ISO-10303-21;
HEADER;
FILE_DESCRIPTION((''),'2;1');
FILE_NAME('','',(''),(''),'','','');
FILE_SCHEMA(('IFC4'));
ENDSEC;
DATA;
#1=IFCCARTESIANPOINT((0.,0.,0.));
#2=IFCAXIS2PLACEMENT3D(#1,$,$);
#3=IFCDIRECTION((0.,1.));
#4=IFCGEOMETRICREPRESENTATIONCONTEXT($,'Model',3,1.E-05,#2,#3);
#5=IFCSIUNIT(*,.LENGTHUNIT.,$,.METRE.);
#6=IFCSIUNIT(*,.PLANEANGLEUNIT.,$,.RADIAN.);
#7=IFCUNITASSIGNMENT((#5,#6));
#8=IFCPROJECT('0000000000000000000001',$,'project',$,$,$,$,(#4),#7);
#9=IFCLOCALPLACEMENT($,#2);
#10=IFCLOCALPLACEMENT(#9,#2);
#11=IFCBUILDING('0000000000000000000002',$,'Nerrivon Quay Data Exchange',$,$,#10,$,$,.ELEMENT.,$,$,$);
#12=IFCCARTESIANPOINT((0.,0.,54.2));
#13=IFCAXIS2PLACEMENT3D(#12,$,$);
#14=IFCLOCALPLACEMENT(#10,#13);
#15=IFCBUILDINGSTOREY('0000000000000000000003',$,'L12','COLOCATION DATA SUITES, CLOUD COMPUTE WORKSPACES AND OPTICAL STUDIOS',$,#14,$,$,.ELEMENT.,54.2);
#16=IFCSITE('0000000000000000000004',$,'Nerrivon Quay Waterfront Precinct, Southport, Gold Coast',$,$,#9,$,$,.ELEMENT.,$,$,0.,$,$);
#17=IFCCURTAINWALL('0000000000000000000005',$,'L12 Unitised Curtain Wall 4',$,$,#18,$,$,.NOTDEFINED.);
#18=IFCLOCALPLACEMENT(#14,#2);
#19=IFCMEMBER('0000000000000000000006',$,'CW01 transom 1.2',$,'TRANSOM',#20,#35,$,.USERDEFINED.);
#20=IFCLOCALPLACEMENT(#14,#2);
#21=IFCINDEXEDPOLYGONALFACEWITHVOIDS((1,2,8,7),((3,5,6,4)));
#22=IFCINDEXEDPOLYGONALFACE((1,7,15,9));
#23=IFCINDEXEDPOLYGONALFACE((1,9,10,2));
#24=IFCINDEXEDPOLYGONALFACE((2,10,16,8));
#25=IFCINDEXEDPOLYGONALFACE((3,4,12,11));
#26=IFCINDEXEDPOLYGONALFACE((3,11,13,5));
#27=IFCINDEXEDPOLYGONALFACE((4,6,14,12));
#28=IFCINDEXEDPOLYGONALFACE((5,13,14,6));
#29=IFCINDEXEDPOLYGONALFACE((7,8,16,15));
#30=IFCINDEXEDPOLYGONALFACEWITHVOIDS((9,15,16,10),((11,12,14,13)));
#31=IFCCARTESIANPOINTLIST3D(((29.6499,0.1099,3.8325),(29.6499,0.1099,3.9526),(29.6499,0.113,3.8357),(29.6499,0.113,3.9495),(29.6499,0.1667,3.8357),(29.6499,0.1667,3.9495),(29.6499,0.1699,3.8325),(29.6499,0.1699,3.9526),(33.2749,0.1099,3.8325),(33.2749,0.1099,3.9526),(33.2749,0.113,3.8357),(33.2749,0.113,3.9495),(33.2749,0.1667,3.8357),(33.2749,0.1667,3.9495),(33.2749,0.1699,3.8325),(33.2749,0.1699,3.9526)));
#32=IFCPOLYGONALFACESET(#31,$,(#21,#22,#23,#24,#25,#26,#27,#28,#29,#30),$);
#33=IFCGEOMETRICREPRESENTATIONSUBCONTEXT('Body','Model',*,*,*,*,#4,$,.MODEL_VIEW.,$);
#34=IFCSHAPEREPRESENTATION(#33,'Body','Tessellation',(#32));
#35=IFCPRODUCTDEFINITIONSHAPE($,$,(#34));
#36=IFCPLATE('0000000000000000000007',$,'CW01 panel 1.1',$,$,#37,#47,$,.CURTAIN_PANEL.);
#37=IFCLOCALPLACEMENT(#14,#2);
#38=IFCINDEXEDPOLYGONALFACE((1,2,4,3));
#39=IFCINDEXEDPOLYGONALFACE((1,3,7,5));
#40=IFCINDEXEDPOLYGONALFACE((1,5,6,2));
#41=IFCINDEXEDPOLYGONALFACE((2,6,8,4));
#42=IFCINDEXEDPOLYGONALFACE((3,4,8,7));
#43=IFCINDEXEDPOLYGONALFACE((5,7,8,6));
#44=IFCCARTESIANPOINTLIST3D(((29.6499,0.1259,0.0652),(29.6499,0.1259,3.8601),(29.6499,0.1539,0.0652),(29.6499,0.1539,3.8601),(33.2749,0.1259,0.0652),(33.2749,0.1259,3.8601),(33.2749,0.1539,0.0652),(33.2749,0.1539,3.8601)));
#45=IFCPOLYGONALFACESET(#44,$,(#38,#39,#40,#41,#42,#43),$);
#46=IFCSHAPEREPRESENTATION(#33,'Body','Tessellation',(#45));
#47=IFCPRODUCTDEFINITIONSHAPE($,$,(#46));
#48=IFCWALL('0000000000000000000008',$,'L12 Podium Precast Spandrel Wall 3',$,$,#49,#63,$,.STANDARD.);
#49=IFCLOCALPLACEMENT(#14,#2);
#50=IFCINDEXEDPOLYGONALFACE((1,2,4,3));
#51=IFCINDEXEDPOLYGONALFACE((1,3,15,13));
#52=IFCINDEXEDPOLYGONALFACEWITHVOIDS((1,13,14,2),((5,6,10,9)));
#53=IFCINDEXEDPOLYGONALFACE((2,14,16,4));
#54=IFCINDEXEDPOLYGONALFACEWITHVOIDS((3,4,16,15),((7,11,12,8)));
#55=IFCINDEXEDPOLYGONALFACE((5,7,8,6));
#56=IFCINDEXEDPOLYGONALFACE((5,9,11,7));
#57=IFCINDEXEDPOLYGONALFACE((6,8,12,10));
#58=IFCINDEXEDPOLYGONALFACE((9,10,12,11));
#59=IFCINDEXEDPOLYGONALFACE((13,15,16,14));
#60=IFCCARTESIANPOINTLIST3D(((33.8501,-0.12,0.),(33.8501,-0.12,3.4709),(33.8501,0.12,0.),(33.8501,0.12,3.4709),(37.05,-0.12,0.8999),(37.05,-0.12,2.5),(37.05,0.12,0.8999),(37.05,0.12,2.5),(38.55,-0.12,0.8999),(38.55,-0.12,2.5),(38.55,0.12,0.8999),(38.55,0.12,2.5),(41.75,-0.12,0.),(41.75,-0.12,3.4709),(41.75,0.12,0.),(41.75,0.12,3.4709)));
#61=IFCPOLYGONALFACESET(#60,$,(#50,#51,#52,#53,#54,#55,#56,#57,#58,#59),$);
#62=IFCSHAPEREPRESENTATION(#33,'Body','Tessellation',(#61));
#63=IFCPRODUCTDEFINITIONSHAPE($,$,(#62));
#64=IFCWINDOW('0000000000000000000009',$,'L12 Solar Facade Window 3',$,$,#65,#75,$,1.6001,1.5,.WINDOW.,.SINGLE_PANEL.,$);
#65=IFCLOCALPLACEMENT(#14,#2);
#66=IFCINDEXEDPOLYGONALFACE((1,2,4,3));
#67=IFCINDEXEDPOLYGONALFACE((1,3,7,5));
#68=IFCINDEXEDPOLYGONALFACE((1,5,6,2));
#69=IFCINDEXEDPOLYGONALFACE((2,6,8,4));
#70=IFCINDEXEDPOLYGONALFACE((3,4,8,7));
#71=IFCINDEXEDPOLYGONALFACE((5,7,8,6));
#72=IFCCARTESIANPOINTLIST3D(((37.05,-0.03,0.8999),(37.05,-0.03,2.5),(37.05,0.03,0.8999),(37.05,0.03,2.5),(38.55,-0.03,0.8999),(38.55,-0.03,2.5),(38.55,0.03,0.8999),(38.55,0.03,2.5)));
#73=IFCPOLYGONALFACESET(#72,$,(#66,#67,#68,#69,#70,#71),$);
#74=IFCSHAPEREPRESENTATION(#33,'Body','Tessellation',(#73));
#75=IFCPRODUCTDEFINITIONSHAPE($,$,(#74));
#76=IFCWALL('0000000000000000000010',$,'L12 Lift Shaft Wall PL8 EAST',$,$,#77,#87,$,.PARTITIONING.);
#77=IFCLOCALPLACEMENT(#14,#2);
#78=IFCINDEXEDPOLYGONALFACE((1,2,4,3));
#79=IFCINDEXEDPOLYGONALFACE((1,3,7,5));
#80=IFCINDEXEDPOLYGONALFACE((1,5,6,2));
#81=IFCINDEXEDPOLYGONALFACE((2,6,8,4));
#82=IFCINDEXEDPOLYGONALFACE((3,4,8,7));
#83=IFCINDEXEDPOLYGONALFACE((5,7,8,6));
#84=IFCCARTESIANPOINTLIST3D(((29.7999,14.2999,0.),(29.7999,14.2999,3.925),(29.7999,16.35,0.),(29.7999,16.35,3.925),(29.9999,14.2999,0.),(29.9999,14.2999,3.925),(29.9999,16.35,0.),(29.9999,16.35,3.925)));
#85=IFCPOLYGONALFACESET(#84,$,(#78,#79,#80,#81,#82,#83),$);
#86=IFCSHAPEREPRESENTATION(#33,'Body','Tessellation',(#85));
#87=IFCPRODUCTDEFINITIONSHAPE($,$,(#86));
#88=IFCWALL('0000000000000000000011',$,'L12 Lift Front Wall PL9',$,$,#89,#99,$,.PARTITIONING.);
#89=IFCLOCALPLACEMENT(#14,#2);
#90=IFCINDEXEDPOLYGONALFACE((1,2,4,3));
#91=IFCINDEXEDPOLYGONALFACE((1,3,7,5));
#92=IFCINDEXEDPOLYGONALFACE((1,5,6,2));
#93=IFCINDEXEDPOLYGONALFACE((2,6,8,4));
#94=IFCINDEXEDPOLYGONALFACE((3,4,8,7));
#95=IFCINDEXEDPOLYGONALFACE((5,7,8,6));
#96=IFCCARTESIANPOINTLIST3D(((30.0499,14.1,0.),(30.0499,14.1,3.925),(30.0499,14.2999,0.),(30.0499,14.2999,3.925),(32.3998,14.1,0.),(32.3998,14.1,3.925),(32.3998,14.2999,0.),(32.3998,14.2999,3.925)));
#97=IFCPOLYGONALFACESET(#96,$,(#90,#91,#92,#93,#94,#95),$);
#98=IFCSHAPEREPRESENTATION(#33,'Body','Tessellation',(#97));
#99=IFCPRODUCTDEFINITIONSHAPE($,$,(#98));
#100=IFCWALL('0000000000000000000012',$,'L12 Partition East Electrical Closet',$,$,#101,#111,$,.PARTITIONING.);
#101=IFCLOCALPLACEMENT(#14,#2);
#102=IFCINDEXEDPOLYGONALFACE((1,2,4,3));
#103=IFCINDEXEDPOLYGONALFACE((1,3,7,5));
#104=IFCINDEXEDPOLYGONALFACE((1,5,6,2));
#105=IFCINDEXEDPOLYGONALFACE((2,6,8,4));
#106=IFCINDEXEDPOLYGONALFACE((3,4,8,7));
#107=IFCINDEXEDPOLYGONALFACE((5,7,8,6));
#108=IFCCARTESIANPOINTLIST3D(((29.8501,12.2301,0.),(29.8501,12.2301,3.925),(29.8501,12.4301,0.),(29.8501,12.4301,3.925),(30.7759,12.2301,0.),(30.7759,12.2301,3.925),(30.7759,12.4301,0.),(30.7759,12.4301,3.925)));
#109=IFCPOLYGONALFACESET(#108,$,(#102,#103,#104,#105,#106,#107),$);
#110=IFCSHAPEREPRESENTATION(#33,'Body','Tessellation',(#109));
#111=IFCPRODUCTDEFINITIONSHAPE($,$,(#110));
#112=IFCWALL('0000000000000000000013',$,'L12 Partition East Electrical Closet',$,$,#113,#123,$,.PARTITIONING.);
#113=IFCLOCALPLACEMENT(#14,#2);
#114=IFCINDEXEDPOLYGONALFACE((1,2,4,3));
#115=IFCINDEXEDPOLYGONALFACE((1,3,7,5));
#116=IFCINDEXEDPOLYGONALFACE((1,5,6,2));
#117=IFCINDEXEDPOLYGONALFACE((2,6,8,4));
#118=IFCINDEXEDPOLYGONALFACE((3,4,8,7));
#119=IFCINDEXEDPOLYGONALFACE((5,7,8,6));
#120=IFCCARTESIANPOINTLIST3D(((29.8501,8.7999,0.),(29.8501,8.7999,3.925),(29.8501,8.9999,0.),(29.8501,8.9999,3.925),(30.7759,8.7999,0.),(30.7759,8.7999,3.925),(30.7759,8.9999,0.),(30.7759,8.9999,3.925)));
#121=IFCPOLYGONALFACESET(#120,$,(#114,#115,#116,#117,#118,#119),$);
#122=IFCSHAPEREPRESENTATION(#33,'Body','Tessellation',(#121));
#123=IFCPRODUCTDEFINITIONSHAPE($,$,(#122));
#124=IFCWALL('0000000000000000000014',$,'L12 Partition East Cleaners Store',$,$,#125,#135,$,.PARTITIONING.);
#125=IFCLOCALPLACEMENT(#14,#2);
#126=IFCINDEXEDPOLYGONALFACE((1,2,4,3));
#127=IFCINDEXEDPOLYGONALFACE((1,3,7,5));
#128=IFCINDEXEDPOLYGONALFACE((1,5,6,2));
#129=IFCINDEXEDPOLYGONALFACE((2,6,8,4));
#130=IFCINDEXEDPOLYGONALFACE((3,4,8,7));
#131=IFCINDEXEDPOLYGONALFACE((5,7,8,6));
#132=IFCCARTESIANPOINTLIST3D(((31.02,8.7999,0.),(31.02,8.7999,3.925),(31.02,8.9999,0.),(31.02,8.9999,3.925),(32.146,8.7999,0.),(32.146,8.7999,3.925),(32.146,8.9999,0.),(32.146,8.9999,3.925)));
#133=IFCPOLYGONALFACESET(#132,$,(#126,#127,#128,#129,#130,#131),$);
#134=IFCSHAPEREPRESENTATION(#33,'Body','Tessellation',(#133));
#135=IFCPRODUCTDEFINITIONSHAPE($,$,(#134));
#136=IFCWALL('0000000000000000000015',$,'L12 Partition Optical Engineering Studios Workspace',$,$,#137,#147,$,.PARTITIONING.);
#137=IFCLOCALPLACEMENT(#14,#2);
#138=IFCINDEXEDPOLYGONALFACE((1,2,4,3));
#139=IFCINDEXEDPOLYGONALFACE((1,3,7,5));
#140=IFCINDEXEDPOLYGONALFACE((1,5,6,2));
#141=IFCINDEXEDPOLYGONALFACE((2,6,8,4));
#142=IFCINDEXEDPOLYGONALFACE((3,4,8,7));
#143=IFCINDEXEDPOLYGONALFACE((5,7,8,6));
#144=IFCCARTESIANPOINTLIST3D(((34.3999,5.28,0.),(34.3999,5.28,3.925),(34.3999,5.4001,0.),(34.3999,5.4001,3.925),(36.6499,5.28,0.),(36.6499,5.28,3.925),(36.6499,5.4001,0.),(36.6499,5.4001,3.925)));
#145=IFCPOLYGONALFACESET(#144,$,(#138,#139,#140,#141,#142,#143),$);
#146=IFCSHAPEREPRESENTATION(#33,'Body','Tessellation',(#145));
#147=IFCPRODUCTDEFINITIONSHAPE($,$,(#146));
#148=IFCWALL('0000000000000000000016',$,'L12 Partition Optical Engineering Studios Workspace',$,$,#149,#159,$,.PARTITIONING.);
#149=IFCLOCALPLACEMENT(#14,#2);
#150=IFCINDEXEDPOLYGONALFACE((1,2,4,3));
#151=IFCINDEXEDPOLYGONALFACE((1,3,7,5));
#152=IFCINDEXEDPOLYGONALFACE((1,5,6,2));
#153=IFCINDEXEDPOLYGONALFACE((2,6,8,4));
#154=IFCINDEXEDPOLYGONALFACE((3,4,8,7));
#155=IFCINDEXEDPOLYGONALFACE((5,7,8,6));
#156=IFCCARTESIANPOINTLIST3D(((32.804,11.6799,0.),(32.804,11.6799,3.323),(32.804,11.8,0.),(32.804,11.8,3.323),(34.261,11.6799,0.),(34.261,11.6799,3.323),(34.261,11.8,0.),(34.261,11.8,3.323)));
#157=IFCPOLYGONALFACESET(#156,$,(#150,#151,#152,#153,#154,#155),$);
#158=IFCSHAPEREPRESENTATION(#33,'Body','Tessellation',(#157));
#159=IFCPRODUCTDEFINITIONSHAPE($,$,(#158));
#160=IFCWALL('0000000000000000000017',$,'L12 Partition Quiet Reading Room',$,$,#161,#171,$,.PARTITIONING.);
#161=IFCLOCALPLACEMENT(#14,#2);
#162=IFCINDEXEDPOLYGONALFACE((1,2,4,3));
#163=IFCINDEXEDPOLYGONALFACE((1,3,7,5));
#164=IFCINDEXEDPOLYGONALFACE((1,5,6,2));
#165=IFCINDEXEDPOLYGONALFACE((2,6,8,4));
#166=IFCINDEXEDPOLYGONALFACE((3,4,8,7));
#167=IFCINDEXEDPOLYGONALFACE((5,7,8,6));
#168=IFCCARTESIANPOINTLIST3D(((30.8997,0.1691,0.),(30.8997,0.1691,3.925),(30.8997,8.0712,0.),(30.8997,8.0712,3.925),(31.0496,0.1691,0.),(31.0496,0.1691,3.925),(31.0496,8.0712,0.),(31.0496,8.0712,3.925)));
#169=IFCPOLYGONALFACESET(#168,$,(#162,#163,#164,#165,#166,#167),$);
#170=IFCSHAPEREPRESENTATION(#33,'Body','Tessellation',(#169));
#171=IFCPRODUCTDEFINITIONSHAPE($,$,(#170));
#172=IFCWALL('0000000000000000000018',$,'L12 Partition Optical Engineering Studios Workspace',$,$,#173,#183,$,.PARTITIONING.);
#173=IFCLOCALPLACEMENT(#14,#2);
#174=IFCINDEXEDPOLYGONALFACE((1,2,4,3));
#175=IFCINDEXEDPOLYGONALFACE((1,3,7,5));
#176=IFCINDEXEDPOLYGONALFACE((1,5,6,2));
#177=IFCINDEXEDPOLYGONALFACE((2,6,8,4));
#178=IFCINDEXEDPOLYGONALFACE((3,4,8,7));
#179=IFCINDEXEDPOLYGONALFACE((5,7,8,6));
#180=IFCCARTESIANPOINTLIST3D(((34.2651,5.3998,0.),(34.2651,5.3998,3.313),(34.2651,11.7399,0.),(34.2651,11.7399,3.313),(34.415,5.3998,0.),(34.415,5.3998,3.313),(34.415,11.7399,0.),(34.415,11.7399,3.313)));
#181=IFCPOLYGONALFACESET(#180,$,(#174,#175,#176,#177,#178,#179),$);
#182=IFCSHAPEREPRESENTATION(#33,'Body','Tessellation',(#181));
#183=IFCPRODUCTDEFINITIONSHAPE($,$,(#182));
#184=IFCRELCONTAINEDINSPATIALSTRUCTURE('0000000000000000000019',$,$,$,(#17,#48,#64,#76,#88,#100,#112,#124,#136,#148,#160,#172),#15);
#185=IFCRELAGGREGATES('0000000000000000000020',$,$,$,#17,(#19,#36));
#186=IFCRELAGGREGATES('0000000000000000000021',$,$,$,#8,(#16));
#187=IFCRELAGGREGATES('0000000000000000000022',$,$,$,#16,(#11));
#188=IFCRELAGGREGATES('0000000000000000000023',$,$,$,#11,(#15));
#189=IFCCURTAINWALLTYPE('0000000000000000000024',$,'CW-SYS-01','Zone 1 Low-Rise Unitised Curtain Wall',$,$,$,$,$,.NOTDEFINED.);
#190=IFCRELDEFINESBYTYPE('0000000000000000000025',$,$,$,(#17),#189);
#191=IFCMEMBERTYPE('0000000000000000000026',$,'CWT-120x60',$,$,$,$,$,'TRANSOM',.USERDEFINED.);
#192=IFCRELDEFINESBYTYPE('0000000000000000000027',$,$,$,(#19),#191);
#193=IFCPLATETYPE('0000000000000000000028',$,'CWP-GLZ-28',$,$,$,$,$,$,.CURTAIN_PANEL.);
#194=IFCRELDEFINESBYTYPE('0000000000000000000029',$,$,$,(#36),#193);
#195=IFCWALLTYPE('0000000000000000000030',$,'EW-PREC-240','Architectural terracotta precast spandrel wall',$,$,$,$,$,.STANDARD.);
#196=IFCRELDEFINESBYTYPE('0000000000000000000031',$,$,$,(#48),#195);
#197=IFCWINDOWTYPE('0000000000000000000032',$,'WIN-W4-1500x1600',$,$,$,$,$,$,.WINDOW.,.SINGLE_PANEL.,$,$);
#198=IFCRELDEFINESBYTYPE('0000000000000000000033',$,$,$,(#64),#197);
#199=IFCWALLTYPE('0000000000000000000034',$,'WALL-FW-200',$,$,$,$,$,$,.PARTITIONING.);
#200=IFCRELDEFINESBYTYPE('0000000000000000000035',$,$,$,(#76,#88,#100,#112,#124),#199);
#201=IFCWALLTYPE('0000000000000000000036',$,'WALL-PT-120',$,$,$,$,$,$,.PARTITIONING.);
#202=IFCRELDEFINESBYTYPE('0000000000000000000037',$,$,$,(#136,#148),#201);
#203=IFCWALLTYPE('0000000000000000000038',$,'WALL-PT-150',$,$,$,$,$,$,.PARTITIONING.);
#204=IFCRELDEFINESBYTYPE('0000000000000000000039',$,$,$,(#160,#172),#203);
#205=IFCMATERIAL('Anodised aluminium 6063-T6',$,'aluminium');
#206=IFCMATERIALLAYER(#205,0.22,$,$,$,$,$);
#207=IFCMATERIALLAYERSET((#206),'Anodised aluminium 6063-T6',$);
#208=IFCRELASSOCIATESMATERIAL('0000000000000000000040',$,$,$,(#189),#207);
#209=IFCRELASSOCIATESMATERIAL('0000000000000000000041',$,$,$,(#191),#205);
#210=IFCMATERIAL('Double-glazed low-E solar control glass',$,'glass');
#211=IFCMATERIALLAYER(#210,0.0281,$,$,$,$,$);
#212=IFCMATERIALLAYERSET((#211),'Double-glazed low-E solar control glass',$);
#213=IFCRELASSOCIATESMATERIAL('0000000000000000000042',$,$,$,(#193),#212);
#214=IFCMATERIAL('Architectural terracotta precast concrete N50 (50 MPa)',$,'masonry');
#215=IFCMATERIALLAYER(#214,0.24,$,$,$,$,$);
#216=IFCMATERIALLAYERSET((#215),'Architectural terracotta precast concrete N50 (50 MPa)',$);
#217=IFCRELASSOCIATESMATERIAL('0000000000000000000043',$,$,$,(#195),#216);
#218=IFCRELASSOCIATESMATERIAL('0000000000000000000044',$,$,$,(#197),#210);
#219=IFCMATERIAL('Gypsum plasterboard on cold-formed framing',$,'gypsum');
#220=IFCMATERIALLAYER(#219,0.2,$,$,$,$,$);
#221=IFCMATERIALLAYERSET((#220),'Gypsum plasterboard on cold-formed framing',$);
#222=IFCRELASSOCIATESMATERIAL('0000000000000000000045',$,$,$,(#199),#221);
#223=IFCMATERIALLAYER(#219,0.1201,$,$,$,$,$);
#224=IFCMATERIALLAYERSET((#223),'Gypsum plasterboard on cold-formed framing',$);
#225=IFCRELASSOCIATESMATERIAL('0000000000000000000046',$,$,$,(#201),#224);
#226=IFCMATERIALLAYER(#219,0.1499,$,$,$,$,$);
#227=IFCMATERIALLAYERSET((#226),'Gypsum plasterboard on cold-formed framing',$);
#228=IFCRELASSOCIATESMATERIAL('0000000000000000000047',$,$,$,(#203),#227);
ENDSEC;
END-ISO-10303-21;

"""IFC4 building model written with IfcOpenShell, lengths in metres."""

from ifc_helpers import new_model, si_unit, direction, frame, frame_2d, origin, origin_2d, place, context, subcontext, project, spatial, rectangle, hollow_rectangle, extrude, material, layer, layer_set, material_profile, profile_set, type_object, element, fill, aggregate, save


model = new_model("IFC4")

# Units and contexts
model_context = context("Model", 3, precision=1e-05, world=origin(), true_north=direction((0.0, 1.0)))
body_context = subcontext(model_context, "Body", "Model", "MODEL_VIEW")
ifc_project = project(units=[si_unit("LENGTHUNIT", "METRE"), si_unit("PLANEANGLEUNIT", "RADIAN")], contexts=[model_context])

# Site, building, storey
site_placement = place(None, origin())
site = spatial("IfcSite", under=ifc_project, at=site_placement, Name="Nerrivon Quay Waterfront Precinct, Southport, Gold Coast", CompositionType="ELEMENT", RefElevation=0.0)
building_placement = place(site_placement, origin())
building = spatial("IfcBuilding", under=site, at=building_placement, Name="Nerrivon Quay Data Exchange", CompositionType="ELEMENT")
storey_placement = place(building_placement, frame((0.0, 0.0, 54.2)))
storey = spatial("IfcBuildingStorey", under=building, at=storey_placement, Name="L12", Description="COLOCATION DATA SUITES, CLOUD COMPUTE WORKSPACES AND OPTICAL STUDIOS", CompositionType="ELEMENT", Elevation=54.2)

# Curtain wall, member, plate
ifc_material_1 = material(Name="Anodised aluminium 6063-T6", Category="aluminium")
ifc_layer_1 = layer(ifc_material_1, 0.22)
ifc_layer_set_1 = layer_set([ifc_layer_1], Name="Anodised aluminium 6063-T6")
curtain_wall_type = type_object("IfcCurtainWallType", Name="CW-SYS-01", Description="Zone 1 Low-Rise Unitised Curtain Wall", PredefinedType="NOTDEFINED", material=ifc_layer_set_1)
curtain_wall_placement = place(storey_placement, origin())
curtain_wall = element("IfcCurtainWall", 1, at=curtain_wall_placement, inside=storey, type_object=curtain_wall_type, Name="L12 Unitised Curtain Wall 4", PredefinedType="NOTDEFINED")
ifc_material_profile_1 = material_profile(ifc_material_1, hollow_rectangle(XDim=0.0601, YDim=0.1201, WallThickness=0.0032, at=origin_2d()), Name="ALU-TRAN-120x60")
ifc_profile_set_1 = profile_set([ifc_material_profile_1], Name="Anodised aluminium 6063-T6")
member_type_1 = type_object("IfcMemberType", Name="CWT-120x60", ElementType="TRANSOM", PredefinedType="USERDEFINED", material=ifc_profile_set_1)
member_1_placement = place(storey_placement, frame((33.2749, 0.1399, 3.8926), z_axis=(-1.0, 0.0, 0.0), x_axis=(0.0, -1.0, 0.0)))
member_1 = element("IfcMember", 2, at=member_1_placement, type_object=member_type_1, Name="CW01 transom 1.2", ObjectType="TRANSOM", PredefinedType="USERDEFINED", context=body_context, shape_type="SweptSolid", body=[
    extrude(hollow_rectangle(XDim=0.0601, YDim=0.1201, WallThickness=0.0032, at=origin_2d()), origin(), (0.0, 0.0, 1.0), 3.625),
])
ifc_material_2 = material(Name="Double-glazed low-E solar control glass", Category="glass")
ifc_layer_2 = layer(ifc_material_2, 0.0281)
ifc_layer_set_2 = layer_set([ifc_layer_2], Name="Double-glazed low-E solar control glass")
plate_type = type_object("IfcPlateType", Name="CWP-GLZ-28", PredefinedType="CURTAIN_PANEL", material=ifc_layer_set_2)
plate_placement = place(storey_placement, frame((31.4624, 0.1399, 0.0652), z_axis=(0.0, 0.0, 1.0), x_axis=(-1.0, 0.0, 0.0)))
plate = element("IfcPlate", 3, at=plate_placement, type_object=plate_type, Name="CW01 panel 1.1", PredefinedType="CURTAIN_PANEL", context=body_context, shape_type="SweptSolid", body=[
    extrude(rectangle(XDim=3.625, YDim=0.0281, at=origin_2d()), origin(), (0.0, 0.0, 1.0), 3.7949),
])
aggregate(curtain_wall, [member_1, plate])

# Wall, opening, window
ifc_material_3 = material(Name="Architectural terracotta precast concrete N50 (50 MPa)", Category="masonry")
ifc_layer_3 = layer(ifc_material_3, 0.24)
ifc_layer_set_3 = layer_set([ifc_layer_3], Name="Architectural terracotta precast concrete N50 (50 MPa)")
wall_type_1 = type_object("IfcWallType", Name="EW-PREC-240", Description="Architectural terracotta precast spandrel wall", PredefinedType="STANDARD", material=ifc_layer_set_3)
wall_1_placement = place(storey_placement, frame((41.75, 0.0, 0.0), z_axis=(0.0, 0.0, 1.0), x_axis=(-1.0, 0.0, 0.0)))
wall_1 = element("IfcWall", 4, at=wall_1_placement, inside=storey, type_object=wall_type_1, Name="L12 Podium Precast Spandrel Wall 3", PredefinedType="STANDARD", context=body_context, shape_type="SweptSolid", body=[
    extrude(rectangle(XDim=7.8999, YDim=0.24, at=frame_2d((3.95, 0.0))), origin(), (0.0, 0.0, 1.0), 3.4709),
])
opening_1_placement = place(wall_1_placement, frame((3.2, 0.0, 0.8999)))
opening_1 = element("IfcOpeningElement", 5, at=opening_1_placement, cuts=wall_1, PredefinedType="OPENING", context=body_context, shape_type="SweptSolid", body=[
    extrude(rectangle(XDim=1.5, YDim=1.6001, at=frame_2d((0.75, 0.8))), frame((0.0, 0.1299, 0.0), z_axis=(0.0, -1.0, 0.0), x_axis=(1.0, 0.0, 0.0)), (0.0, 0.0, 1.0), 0.26),
])
window_type = type_object("IfcWindowType", Name="WIN-W4-1500x1600", PartitioningType="SINGLE_PANEL", PredefinedType="WINDOW", material=ifc_material_2)
window_placement = place(opening_1_placement, origin())
window = element("IfcWindow", 6, at=window_placement, inside=storey, type_object=window_type, Name="L12 Solar Facade Window 3", OverallHeight=1.6001, OverallWidth=1.5, PartitioningType="SINGLE_PANEL", PredefinedType="WINDOW", context=body_context, shape_type="SweptSolid", body=[
    extrude(rectangle(XDim=1.5, YDim=1.6001, at=frame_2d((0.75, 0.8))), frame((0.0, 0.03, 0.0), z_axis=(0.0, -1.0, 0.0), x_axis=(1.0, 0.0, 0.0)), (0.0, 0.0, 1.0), 0.0601),
])
fill(opening_1, window)

# Walls
ifc_material_4 = material(Name="Gypsum plasterboard on cold-formed framing", Category="gypsum")
ifc_layer_4 = layer(ifc_material_4, 0.2)
ifc_layer_set_4 = layer_set([ifc_layer_4], Name="Gypsum plasterboard on cold-formed framing")
wall_type_2 = type_object("IfcWallType", Name="WALL-FW-200", PredefinedType="PARTITIONING", material=ifc_layer_set_4)
wall_2_placement = place(storey_placement, frame((29.8999, 14.3, 0.0), z_axis=(0.0, 0.0, 1.0), x_axis=(0.0, 1.0, 0.0)))
element("IfcWall", 7, at=wall_2_placement, inside=storey, type_object=wall_type_2, Name="L12 Lift Shaft Wall PL8 EAST", PredefinedType="PARTITIONING", context=body_context, shape_type="SweptSolid", body=[
    extrude(rectangle(XDim=2.05, YDim=0.2, at=frame_2d((1.0249, 0.0))), origin(), (0.0, 0.0, 1.0), 3.925),
])
wall_3_placement = place(storey_placement, frame((30.05, 14.2, 0.0), z_axis=(0.0, 0.0, 1.0), x_axis=(1.0, 0.0, 0.0)))
element("IfcWall", 8, at=wall_3_placement, inside=storey, type_object=wall_type_2, Name="L12 Lift Front Wall PL9", PredefinedType="PARTITIONING", context=body_context, shape_type="SweptSolid", body=[
    extrude(rectangle(XDim=2.3499, YDim=0.2, at=frame_2d((1.1748, 0.0))), origin(), (0.0, 0.0, 1.0), 3.925),
])

# Walls
for number, where, z_axis, x_axis, name in (
    (9, (30.7759, 12.3301, 0.0), (0.0, 0.0, 1.0), (-1.0, 0.0, 0.0), "L12 Partition East Electrical Closet"),
    (10, (29.8501, 8.8999, 0.0), (0.0, 0.0, 1.0), (1.0, 0.0, 0.0), "L12 Partition East Electrical Closet"),
):
    element("IfcWall", number, at=place(storey_placement, frame(where, z_axis=z_axis, x_axis=x_axis)), inside=storey, type_object=wall_type_2, Name=name, PredefinedType="PARTITIONING", context=body_context, shape_type="SweptSolid", body=[
        extrude(rectangle(XDim=0.9258, YDim=0.2, at=frame_2d((0.4629, 0.0))), origin(), (0.0, 0.0, 1.0), 3.925),
    ])

# Walls
wall_4_placement = place(storey_placement, frame((31.02, 8.8999, 0.0), z_axis=(0.0, 0.0, 1.0), x_axis=(1.0, 0.0, 0.0)))
element("IfcWall", 11, at=wall_4_placement, inside=storey, type_object=wall_type_2, Name="L12 Partition East Cleaners Store", PredefinedType="PARTITIONING", context=body_context, shape_type="SweptSolid", body=[
    extrude(rectangle(XDim=1.126, YDim=0.2, at=frame_2d((0.563, 0.0))), origin(), (0.0, 0.0, 1.0), 3.925),
])
ifc_layer_5 = layer(ifc_material_4, 0.1201)
ifc_layer_set_5 = layer_set([ifc_layer_5], Name="Gypsum plasterboard on cold-formed framing")
wall_type_3 = type_object("IfcWallType", Name="WALL-PT-120", PredefinedType="PARTITIONING", material=ifc_layer_set_5)
wall_5_placement = place(storey_placement, frame((36.6499, 5.3401, 0.0), z_axis=(0.0, 0.0, 1.0), x_axis=(-1.0, 0.0, 0.0)))
element("IfcWall", 12, at=wall_5_placement, inside=storey, type_object=wall_type_3, Name="L12 Partition Optical Engineering Studios Workspace", PredefinedType="PARTITIONING", context=body_context, shape_type="SweptSolid", body=[
    extrude(rectangle(XDim=2.25, YDim=0.1201, at=frame_2d((1.125, 0.0))), origin(), (0.0, 0.0, 1.0), 3.925),
])
wall_6_placement = place(storey_placement, frame((34.261, 11.74, 0.0), z_axis=(0.0, 0.0, 1.0), x_axis=(-1.0, 0.0, 0.0)))
element("IfcWall", 13, at=wall_6_placement, inside=storey, type_object=wall_type_3, Name="L12 Partition Optical Engineering Studios Workspace", PredefinedType="PARTITIONING", context=body_context, shape_type="SweptSolid", body=[
    extrude(rectangle(XDim=1.457, YDim=0.1201, at=frame_2d((0.7285, 0.0))), origin(), (0.0, 0.0, 1.0), 3.323),
])
ifc_layer_6 = layer(ifc_material_4, 0.1499)
ifc_layer_set_6 = layer_set([ifc_layer_6], Name="Gypsum plasterboard on cold-formed framing")
wall_type_4 = type_object("IfcWallType", Name="WALL-PT-150", PredefinedType="PARTITIONING", material=ifc_layer_set_6)
wall_7_placement = place(storey_placement, frame((30.9746, 0.1689, 0.0), z_axis=(0.0, 0.0, 1.0), x_axis=(0.0, 1.0, 0.0)))
element("IfcWall", 14, at=wall_7_placement, inside=storey, type_object=wall_type_4, Name="L12 Partition Quiet Reading Room", PredefinedType="PARTITIONING", context=body_context, shape_type="SweptSolid", body=[
    extrude(rectangle(XDim=7.9021, YDim=0.1499, at=frame_2d((3.9512, 0.0))), origin(), (0.0, 0.0, 1.0), 3.925),
])
wall_8_placement = place(storey_placement, frame((34.3401, 5.3999, 0.0), z_axis=(0.0, 0.0, 1.0), x_axis=(0.0, 1.0, 0.0)))
element("IfcWall", 15, at=wall_8_placement, inside=storey, type_object=wall_type_4, Name="L12 Partition Optical Engineering Studios Workspace", PredefinedType="PARTITIONING", context=body_context, shape_type="SweptSolid", body=[
    extrude(rectangle(XDim=6.3401, YDim=0.1499, at=frame_2d((3.1699, 0.0))), origin(), (0.0, 0.0, 1.0), 3.313),
])

save(model, "model.ifc")
